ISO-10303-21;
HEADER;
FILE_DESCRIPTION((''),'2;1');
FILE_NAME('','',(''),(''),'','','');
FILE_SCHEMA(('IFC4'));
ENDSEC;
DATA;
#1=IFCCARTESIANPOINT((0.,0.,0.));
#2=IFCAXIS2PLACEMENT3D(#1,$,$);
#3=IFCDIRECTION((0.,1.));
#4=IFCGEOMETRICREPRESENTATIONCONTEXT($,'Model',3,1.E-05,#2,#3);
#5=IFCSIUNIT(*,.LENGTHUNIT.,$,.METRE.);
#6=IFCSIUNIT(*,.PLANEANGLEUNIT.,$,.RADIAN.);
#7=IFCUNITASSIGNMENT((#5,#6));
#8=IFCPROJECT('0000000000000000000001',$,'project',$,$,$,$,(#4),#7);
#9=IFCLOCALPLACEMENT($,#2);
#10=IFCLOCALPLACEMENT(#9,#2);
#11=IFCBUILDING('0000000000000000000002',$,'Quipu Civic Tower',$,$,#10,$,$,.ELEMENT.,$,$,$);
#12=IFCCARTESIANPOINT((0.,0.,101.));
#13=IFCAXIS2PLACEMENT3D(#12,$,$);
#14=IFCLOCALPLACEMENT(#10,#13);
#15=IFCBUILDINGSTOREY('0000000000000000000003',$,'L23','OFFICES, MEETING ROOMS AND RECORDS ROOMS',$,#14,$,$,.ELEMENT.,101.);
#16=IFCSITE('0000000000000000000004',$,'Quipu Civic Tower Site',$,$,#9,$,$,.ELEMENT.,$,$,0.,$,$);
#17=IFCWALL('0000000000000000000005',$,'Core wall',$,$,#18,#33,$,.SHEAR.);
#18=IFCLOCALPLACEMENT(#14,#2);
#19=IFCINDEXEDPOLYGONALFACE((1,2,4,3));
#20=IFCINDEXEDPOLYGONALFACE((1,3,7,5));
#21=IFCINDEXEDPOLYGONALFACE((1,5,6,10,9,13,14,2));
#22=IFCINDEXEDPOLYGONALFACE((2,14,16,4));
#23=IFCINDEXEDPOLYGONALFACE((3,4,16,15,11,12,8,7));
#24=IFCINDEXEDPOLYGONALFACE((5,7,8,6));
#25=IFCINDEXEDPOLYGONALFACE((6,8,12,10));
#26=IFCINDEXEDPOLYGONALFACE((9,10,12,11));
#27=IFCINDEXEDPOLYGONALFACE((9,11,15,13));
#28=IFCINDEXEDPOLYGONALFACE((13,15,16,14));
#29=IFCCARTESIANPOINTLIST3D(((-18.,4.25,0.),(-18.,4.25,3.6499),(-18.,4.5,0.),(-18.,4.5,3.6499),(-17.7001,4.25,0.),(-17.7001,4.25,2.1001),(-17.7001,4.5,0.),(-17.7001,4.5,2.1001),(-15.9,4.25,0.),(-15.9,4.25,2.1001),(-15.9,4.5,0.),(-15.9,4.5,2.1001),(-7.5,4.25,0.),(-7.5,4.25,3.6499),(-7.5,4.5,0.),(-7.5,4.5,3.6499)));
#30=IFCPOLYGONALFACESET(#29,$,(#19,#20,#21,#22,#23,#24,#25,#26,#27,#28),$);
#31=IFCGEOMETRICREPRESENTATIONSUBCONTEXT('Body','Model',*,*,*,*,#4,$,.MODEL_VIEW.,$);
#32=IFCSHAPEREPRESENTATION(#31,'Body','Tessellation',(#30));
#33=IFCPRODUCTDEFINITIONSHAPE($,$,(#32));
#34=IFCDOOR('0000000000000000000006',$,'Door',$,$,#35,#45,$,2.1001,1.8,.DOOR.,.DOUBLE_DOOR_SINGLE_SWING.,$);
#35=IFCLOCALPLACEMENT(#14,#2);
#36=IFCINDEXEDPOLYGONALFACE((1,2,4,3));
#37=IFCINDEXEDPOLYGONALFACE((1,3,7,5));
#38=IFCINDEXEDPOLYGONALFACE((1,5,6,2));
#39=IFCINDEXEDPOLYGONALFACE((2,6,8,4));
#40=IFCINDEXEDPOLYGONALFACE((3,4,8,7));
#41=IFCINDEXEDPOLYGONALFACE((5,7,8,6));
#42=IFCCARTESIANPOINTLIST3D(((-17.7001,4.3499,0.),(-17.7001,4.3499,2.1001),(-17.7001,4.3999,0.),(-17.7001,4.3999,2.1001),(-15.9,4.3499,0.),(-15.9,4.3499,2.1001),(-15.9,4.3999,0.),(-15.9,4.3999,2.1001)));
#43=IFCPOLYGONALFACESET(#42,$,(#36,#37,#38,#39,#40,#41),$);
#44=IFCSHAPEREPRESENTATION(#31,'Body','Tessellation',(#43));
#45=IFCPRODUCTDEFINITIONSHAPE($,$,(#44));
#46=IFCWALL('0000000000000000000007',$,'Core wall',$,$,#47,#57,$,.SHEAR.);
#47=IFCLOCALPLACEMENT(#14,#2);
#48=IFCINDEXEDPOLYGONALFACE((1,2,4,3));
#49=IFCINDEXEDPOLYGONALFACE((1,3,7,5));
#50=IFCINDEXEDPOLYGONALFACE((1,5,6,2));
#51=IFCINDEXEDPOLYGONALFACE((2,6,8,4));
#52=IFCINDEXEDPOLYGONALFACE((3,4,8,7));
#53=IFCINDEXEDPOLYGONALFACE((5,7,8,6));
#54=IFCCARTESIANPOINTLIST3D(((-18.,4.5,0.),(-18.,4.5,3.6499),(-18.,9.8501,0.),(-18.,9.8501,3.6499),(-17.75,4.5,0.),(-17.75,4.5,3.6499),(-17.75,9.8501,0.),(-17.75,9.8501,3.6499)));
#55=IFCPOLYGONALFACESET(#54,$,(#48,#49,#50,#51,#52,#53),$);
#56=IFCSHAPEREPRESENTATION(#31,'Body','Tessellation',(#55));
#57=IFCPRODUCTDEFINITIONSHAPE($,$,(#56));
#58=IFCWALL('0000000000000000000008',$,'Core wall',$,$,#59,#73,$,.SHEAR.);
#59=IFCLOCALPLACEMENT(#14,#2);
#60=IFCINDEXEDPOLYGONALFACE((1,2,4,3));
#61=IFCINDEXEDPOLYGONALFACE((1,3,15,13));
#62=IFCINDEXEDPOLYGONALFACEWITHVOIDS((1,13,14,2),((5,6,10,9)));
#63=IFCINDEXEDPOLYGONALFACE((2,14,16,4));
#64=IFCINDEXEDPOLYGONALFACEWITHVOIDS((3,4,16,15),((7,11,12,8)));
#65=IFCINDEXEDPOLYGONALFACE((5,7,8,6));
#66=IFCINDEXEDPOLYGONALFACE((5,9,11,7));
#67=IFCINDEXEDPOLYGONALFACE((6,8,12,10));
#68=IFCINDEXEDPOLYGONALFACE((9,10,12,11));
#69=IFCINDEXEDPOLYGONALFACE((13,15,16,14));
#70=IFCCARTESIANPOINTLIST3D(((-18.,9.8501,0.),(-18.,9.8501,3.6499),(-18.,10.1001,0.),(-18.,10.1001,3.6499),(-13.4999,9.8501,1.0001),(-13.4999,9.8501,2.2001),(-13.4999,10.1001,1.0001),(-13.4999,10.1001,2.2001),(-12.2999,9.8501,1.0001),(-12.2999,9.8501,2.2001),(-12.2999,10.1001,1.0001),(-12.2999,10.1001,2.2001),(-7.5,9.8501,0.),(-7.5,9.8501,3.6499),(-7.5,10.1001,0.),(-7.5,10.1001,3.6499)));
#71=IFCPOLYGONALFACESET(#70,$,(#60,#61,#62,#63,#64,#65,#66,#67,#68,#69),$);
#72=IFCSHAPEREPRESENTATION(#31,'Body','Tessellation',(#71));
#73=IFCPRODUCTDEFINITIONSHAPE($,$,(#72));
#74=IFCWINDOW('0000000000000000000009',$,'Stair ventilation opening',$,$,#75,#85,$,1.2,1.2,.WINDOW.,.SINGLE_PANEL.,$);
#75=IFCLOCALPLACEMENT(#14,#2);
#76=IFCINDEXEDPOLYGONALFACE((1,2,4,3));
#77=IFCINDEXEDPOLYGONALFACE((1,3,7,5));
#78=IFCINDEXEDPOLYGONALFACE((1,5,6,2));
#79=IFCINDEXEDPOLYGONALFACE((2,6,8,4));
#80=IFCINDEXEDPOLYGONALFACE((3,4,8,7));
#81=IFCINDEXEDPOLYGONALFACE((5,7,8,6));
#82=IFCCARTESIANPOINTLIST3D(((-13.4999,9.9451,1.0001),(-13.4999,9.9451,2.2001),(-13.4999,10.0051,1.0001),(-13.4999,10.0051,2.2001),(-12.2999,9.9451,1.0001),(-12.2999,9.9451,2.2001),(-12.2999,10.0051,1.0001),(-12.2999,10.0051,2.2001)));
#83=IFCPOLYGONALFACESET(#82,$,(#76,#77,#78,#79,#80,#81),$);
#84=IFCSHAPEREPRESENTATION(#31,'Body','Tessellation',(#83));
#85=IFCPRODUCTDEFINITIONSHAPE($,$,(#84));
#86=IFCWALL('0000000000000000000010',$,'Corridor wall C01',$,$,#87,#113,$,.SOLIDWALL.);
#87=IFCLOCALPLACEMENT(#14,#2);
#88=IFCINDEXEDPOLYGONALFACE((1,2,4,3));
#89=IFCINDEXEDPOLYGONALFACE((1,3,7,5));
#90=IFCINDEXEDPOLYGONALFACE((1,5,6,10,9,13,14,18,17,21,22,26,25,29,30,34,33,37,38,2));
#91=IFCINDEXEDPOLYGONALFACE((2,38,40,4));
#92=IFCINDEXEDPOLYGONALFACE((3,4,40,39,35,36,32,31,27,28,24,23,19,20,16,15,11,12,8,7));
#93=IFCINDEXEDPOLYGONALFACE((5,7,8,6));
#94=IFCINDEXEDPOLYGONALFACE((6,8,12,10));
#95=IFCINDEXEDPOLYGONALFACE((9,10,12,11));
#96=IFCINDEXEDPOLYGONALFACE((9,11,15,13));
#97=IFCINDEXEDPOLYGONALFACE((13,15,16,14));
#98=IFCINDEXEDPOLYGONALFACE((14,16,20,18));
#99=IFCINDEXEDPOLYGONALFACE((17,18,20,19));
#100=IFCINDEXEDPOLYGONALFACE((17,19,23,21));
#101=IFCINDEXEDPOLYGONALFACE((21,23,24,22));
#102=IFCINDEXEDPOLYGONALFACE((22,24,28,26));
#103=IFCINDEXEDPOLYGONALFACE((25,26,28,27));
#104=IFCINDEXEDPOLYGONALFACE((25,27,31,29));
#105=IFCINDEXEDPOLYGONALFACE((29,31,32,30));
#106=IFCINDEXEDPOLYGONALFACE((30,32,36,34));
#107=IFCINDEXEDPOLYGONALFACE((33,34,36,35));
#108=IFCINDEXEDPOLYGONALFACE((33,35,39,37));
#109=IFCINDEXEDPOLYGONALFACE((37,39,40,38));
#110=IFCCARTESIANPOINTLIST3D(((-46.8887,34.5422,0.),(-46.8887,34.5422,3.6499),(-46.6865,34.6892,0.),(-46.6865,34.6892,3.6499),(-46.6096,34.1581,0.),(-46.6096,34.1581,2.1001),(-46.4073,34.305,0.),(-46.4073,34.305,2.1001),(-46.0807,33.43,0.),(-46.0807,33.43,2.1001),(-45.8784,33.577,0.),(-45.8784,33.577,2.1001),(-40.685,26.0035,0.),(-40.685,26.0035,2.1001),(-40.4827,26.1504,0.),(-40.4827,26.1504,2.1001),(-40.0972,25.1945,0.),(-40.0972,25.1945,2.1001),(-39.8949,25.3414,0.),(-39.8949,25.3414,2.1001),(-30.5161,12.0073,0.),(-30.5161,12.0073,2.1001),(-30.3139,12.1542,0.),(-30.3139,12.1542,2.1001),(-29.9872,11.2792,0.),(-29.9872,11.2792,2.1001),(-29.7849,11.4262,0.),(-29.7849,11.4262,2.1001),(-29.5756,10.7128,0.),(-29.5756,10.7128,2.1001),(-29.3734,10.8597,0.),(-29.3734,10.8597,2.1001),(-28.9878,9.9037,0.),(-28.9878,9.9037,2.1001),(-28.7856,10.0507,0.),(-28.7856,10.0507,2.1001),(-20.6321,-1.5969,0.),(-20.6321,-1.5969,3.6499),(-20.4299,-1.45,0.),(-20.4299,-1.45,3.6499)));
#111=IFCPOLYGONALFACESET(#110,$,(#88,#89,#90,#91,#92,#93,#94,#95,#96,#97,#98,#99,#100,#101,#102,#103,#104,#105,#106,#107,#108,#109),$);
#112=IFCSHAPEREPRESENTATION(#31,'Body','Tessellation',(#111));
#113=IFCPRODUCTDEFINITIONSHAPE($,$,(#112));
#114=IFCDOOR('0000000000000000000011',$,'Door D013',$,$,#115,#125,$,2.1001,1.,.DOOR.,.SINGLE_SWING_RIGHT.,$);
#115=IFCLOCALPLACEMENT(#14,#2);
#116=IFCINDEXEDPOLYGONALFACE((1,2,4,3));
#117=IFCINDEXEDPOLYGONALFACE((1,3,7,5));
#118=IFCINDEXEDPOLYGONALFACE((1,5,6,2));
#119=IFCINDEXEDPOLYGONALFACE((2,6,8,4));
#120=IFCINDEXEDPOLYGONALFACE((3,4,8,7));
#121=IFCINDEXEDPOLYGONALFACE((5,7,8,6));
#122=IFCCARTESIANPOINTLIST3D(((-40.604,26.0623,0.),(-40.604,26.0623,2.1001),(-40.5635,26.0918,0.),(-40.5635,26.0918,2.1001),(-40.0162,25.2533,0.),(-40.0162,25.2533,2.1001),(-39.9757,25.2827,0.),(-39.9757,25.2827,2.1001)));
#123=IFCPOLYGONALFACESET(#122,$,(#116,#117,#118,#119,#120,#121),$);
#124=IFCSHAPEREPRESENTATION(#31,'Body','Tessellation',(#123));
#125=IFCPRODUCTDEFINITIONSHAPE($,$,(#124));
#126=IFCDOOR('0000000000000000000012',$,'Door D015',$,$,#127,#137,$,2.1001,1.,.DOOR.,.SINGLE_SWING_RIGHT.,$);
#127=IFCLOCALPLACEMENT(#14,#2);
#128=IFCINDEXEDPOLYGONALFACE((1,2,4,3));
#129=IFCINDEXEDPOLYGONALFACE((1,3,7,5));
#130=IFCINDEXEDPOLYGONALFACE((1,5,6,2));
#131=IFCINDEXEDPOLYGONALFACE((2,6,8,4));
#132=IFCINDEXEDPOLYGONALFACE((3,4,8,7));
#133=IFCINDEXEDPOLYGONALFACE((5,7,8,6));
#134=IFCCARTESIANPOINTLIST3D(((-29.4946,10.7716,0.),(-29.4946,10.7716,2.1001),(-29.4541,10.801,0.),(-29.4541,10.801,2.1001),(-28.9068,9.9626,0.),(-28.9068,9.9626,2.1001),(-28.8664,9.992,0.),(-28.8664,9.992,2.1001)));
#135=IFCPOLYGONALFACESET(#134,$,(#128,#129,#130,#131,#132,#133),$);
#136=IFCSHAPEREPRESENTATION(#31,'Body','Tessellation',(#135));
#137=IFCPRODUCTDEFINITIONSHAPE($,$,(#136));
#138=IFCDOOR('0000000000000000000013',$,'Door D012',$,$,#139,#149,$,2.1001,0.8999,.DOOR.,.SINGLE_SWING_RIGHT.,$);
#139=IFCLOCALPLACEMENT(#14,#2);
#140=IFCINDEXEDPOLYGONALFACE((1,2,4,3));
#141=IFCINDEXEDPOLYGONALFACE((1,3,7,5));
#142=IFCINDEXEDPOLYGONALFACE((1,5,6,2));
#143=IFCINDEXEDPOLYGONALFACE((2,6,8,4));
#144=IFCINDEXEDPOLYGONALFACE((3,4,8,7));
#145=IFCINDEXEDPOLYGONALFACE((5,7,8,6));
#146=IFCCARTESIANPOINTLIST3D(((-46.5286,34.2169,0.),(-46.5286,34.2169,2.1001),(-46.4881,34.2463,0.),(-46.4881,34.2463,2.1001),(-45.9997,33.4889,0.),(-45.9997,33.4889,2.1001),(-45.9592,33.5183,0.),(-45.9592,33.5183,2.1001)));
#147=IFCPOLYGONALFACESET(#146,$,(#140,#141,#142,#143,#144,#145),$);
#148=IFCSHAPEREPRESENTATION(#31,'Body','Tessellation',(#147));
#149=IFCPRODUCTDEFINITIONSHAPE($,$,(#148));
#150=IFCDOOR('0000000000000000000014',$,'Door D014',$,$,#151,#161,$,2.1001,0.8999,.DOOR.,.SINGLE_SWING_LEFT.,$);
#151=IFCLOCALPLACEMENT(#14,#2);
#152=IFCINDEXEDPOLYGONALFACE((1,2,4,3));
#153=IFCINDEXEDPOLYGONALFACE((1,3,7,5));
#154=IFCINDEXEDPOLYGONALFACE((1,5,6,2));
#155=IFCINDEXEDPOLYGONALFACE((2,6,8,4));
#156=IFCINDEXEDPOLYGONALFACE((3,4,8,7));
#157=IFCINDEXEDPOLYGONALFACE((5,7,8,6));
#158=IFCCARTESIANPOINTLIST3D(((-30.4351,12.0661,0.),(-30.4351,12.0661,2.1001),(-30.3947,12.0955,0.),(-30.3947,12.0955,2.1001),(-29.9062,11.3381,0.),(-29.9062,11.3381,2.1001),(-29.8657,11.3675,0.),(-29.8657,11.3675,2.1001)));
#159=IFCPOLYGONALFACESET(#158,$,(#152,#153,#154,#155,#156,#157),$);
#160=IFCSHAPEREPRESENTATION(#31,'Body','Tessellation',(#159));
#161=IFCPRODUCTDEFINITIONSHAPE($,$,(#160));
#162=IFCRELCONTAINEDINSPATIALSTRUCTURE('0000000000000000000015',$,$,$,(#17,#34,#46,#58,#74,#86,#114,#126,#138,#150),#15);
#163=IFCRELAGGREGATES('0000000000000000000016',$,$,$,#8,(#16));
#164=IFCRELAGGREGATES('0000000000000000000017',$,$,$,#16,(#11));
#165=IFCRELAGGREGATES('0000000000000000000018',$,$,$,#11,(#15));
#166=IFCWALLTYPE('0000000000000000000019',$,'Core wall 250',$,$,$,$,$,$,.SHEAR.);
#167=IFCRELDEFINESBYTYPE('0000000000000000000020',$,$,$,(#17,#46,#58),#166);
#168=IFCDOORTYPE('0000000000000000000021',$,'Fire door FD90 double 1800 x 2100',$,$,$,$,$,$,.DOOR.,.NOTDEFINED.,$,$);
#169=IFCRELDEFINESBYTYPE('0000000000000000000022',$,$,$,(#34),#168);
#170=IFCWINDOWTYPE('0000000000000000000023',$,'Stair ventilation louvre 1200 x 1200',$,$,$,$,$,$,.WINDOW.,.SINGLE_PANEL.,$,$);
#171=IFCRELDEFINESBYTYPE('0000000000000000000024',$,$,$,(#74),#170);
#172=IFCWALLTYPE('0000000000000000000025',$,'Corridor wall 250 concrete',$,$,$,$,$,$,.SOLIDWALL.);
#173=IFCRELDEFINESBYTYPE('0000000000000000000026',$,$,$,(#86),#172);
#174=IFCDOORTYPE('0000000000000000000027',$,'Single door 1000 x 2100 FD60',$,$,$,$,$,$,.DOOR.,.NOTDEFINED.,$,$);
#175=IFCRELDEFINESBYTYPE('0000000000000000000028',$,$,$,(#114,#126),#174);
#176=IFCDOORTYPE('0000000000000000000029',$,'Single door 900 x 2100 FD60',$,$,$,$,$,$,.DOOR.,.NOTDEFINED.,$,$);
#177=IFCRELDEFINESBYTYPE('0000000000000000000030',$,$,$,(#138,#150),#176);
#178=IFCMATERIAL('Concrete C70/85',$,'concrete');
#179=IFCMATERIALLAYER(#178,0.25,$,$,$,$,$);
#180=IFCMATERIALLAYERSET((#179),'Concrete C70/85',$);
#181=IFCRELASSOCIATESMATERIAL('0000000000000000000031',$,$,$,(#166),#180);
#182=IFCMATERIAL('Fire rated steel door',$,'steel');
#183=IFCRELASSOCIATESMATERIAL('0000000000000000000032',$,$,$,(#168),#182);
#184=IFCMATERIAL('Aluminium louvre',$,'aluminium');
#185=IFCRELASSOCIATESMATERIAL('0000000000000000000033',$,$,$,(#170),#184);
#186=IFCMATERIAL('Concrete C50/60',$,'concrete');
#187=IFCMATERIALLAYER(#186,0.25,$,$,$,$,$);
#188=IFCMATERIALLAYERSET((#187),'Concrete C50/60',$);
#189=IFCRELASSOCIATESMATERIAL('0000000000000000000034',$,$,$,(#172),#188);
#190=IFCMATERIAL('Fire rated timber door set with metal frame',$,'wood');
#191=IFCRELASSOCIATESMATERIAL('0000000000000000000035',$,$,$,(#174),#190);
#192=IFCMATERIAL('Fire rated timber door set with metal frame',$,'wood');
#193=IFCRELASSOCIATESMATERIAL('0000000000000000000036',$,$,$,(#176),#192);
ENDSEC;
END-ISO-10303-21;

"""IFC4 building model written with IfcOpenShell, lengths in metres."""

from ifc_helpers import new_model, si_unit, direction, frame, frame_2d, origin, place, context, subcontext, project, spatial, rectangle, extrude, material, layer, layer_set, type_object, element, fill, save


model = new_model("IFC4")

# Units and contexts
model_context = context("Model", 3, precision=1e-05, world=origin(), true_north=direction((0.0, 1.0)))
body_context = subcontext(model_context, "Body", "Model", "MODEL_VIEW")
ifc_project = project(units=[si_unit("LENGTHUNIT", "METRE"), si_unit("PLANEANGLEUNIT", "RADIAN")], contexts=[model_context])

# Site, building, storey
site_placement = place(None, origin())
site = spatial("IfcSite", under=ifc_project, at=site_placement, Name="Quipu Civic Tower Site", CompositionType="ELEMENT", RefElevation=0.0)
building_placement = place(site_placement, origin())
building = spatial("IfcBuilding", under=site, at=building_placement, Name="Quipu Civic Tower", CompositionType="ELEMENT")
storey_placement = place(building_placement, frame((0.0, 0.0, 101.0)))
storey = spatial("IfcBuildingStorey", under=building, at=storey_placement, Name="L23", Description="OFFICES, MEETING ROOMS AND RECORDS ROOMS", CompositionType="ELEMENT", Elevation=101.0)

# Shared definitions
ifc_material_1 = material(Name="Concrete C70/85", Category="concrete")
ifc_layer_1 = layer(ifc_material_1, 0.25)
ifc_layer_set_1 = layer_set([ifc_layer_1], Name="Concrete C70/85")
wall_type_1 = type_object("IfcWallType", Name="Core wall 250", PredefinedType="SHEAR", material=ifc_layer_set_1)
ifc_material_2 = material(Name="Fire rated steel door", Category="steel")
door_type_1 = type_object("IfcDoorType", Name="Fire door FD90 double 1800 x 2100", OperationType="NOTDEFINED", PredefinedType="DOOR", material=ifc_material_2)

# Wall, opening, door
wall_1_placement = place(storey_placement, frame((-18.0, 4.375, 0.0), z_axis=(0.0, 0.0, 1.0), x_axis=(1.0, 0.0, 0.0)))
wall_1 = element("IfcWall", 1, at=wall_1_placement, inside=storey, type_object=wall_type_1, Name="Core wall", PredefinedType="SHEAR", context=body_context, shape_type="SweptSolid", body=[
    extrude(rectangle(XDim=10.5, YDim=0.25, at=frame_2d((5.25, 0.0))), origin(), (0.0, 0.0, 1.0), 3.6499),
])
opening_1_placement = place(wall_1_placement, frame((0.3, 0.0, 0.0)))
opening_1 = element("IfcOpeningElement", 2, at=opening_1_placement, cuts=wall_1, PredefinedType="OPENING", context=body_context, shape_type="SweptSolid", body=[
    extrude(rectangle(XDim=1.8, YDim=2.1001, at=frame_2d((0.8999, 1.05))), frame((0.0, 0.135, 0.0), z_axis=(0.0, -1.0, 0.0), x_axis=(1.0, 0.0, 0.0)), (0.0, 0.0, 1.0), 0.27),
])
door_1_placement = place(opening_1_placement, origin())
door_1 = element("IfcDoor", 3, at=door_1_placement, inside=storey, type_object=door_type_1, Name="Door", OperationType="DOUBLE_DOOR_SINGLE_SWING", OverallHeight=2.1001, OverallWidth=1.8, PredefinedType="DOOR", context=body_context, shape_type="SweptSolid", body=[
    extrude(rectangle(XDim=1.8, YDim=2.1001, at=frame_2d((0.8999, 1.05))), frame((0.0, 0.0249, 0.0), z_axis=(0.0, -1.0, 0.0), x_axis=(1.0, 0.0, 0.0)), (0.0, 0.0, 1.0), 0.05),
])
fill(opening_1, door_1)

# Wall
wall_2_placement = place(storey_placement, frame((-17.875, 4.5, 0.0), z_axis=(0.0, 0.0, 1.0), x_axis=(0.0, 1.0, 0.0)))
element("IfcWall", 4, at=wall_2_placement, inside=storey, type_object=wall_type_1, Name="Core wall", PredefinedType="SHEAR", context=body_context, shape_type="SweptSolid", body=[
    extrude(rectangle(XDim=5.3501, YDim=0.25, at=frame_2d((2.675, 0.0))), origin(), (0.0, 0.0, 1.0), 3.6499),
])

# Wall, opening, window
wall_3_placement = place(storey_placement, frame((-18.0, 9.9751, 0.0), z_axis=(0.0, 0.0, 1.0), x_axis=(1.0, 0.0, 0.0)))
wall_3 = element("IfcWall", 5, at=wall_3_placement, inside=storey, type_object=wall_type_1, Name="Core wall", PredefinedType="SHEAR", context=body_context, shape_type="SweptSolid", body=[
    extrude(rectangle(XDim=10.5, YDim=0.25, at=frame_2d((5.25, 0.0))), origin(), (0.0, 0.0, 1.0), 3.6499),
])
opening_2_placement = place(wall_3_placement, frame((4.5, 0.0, 1.0)))
opening_2 = element("IfcOpeningElement", 6, at=opening_2_placement, cuts=wall_3, PredefinedType="OPENING", context=body_context, shape_type="SweptSolid", body=[
    extrude(rectangle(XDim=1.2, YDim=1.2, at=frame_2d((0.6001, 0.6001))), frame((0.0, 0.135, 0.0), z_axis=(0.0, -1.0, 0.0), x_axis=(1.0, 0.0, 0.0)), (0.0, 0.0, 1.0), 0.27),
])
ifc_material_3 = material(Name="Aluminium louvre", Category="aluminium")
window_type = type_object("IfcWindowType", Name="Stair ventilation louvre 1200 x 1200", PartitioningType="SINGLE_PANEL", PredefinedType="WINDOW", material=ifc_material_3)
window_placement = place(opening_2_placement, origin())
window = element("IfcWindow", 7, at=window_placement, inside=storey, type_object=window_type, Name="Stair ventilation opening", OverallHeight=1.2, OverallWidth=1.2, PartitioningType="SINGLE_PANEL", PredefinedType="WINDOW", context=body_context, shape_type="SweptSolid", body=[
    extrude(rectangle(XDim=1.2, YDim=1.2, at=frame_2d((0.6001, 0.6001))), frame((0.0, 0.03, 0.0), z_axis=(0.0, -1.0, 0.0), x_axis=(1.0, 0.0, 0.0)), (0.0, 0.0, 1.0), 0.0601),
])
fill(opening_2, window)

# Wall, openings, doors
ifc_material_4 = material(Name="Concrete C50/60", Category="concrete")
ifc_layer_2 = layer(ifc_material_4, 0.25)
ifc_layer_set_2 = layer_set([ifc_layer_2], Name="Concrete C50/60")
wall_type_2 = type_object("IfcWallType", Name="Corridor wall 250 concrete", PredefinedType="SOLIDWALL", material=ifc_layer_set_2)
wall_4_placement = place(storey_placement, frame((-20.531, -1.5234, 0.0), z_axis=(0.0, 0.0, 1.0), x_axis=(-0.587785, 0.809017, 0.0)))
wall_4 = element("IfcWall", 8, at=wall_4_placement, inside=storey, type_object=wall_type_2, Name="Corridor wall C01", PredefinedType="SOLIDWALL", context=body_context, shape_type="SweptSolid", body=[
    extrude(rectangle(XDim=44.6704, YDim=0.25, at=frame_2d((22.3352, 0.0))), origin(), (0.0, 0.0, 1.0), 3.6499),
])
opening_3_placement = place(wall_4_placement, frame((43.2957, 0.0, 0.0)))
opening_3 = element("IfcOpeningElement", 9, at=opening_3_placement, cuts=wall_4, PredefinedType="OPENING", context=body_context, shape_type="SweptSolid", body=[
    extrude(rectangle(XDim=0.8999, YDim=2.1001, at=frame_2d((0.45, 1.05))), frame((0.0, 0.135, 0.0), z_axis=(0.0, -1.0, 0.0), x_axis=(1.0, 0.0, 0.0)), (0.0, 0.0, 1.0), 0.27),
])
opening_4_placement = place(wall_4_placement, frame((15.9158, 0.0, 0.0)))
opening_4 = element("IfcOpeningElement", 10, at=opening_4_placement, cuts=wall_4, PredefinedType="OPENING", context=body_context, shape_type="SweptSolid", body=[
    extrude(rectangle(XDim=0.8999, YDim=2.1001, at=frame_2d((0.45, 1.05))), frame((0.0, 0.135, 0.0), z_axis=(0.0, -1.0, 0.0), x_axis=(1.0, 0.0, 0.0)), (0.0, 0.0, 1.0), 0.27),
])
opening_5_placement = place(wall_4_placement, frame((33.116, 0.0, 0.0)))
opening_5 = element("IfcOpeningElement", 11, at=opening_5_placement, cuts=wall_4, PredefinedType="OPENING", context=body_context, shape_type="SweptSolid", body=[
    extrude(rectangle(XDim=1.0, YDim=2.1001, at=frame_2d((0.5, 1.05))), frame((0.0, 0.135, 0.0), z_axis=(0.0, -1.0, 0.0), x_axis=(1.0, 0.0, 0.0)), (0.0, 0.0, 1.0), 0.27),
])
opening_6_placement = place(wall_4_placement, frame((14.2156, 0.0, 0.0)))
opening_6 = element("IfcOpeningElement", 12, at=opening_6_placement, cuts=wall_4, PredefinedType="OPENING", context=body_context, shape_type="SweptSolid", body=[
    extrude(rectangle(XDim=1.0, YDim=2.1001, at=frame_2d((0.5, 1.05))), frame((0.0, 0.135, 0.0), z_axis=(0.0, -1.0, 0.0), x_axis=(1.0, 0.0, 0.0)), (0.0, 0.0, 1.0), 0.27),
])
ifc_material_5 = material(Name="Fire rated timber door set with metal frame", Category="wood")
door_type_2 = type_object("IfcDoorType", Name="Single door 1000 x 2100 FD60", OperationType="NOTDEFINED", PredefinedType="DOOR", material=ifc_material_5)
door_2_placement = place(opening_5_placement, origin())
door_2 = element("IfcDoor", 13, at=door_2_placement, inside=storey, type_object=door_type_2, Name="Door D013", OperationType="SINGLE_SWING_RIGHT", OverallHeight=2.1001, OverallWidth=1.0, PredefinedType="DOOR", context=body_context, shape_type="SweptSolid", body=[
    extrude(rectangle(XDim=1.0, YDim=2.1001, at=frame_2d((0.5, 1.05))), frame((0.0, 0.0249, 0.0), z_axis=(0.0, -1.0, 0.0), x_axis=(1.0, 0.0, 0.0)), (0.0, 0.0, 1.0), 0.05),
])
fill(opening_5, door_2)
door_3_placement = place(opening_6_placement, origin())
door_3 = element("IfcDoor", 14, at=door_3_placement, inside=storey, type_object=door_type_2, Name="Door D015", OperationType="SINGLE_SWING_RIGHT", OverallHeight=2.1001, OverallWidth=1.0, PredefinedType="DOOR", context=body_context, shape_type="SweptSolid", body=[
    extrude(rectangle(XDim=1.0, YDim=2.1001, at=frame_2d((0.5, 1.05))), frame((0.0, 0.0249, 0.0), z_axis=(0.0, -1.0, 0.0), x_axis=(1.0, 0.0, 0.0)), (0.0, 0.0, 1.0), 0.05),
])
fill(opening_6, door_3)
ifc_material_6 = material(Name="Fire rated timber door set with metal frame", Category="wood")
door_type_3 = type_object("IfcDoorType", Name="Single door 900 x 2100 FD60", OperationType="NOTDEFINED", PredefinedType="DOOR", material=ifc_material_6)
door_4_placement = place(opening_3_placement, origin())
door_4 = element("IfcDoor", 15, at=door_4_placement, inside=storey, type_object=door_type_3, Name="Door D012", OperationType="SINGLE_SWING_RIGHT", OverallHeight=2.1001, OverallWidth=0.8999, PredefinedType="DOOR", context=body_context, shape_type="SweptSolid", body=[
    extrude(rectangle(XDim=0.8999, YDim=2.1001, at=frame_2d((0.45, 1.05))), frame((0.0, 0.0249, 0.0), z_axis=(0.0, -1.0, 0.0), x_axis=(1.0, 0.0, 0.0)), (0.0, 0.0, 1.0), 0.05),
])
fill(opening_3, door_4)
door_5_placement = place(opening_4_placement, origin())
door_5 = element("IfcDoor", 16, at=door_5_placement, inside=storey, type_object=door_type_3, Name="Door D014", OperationType="SINGLE_SWING_LEFT", OverallHeight=2.1001, OverallWidth=0.8999, PredefinedType="DOOR", context=body_context, shape_type="SweptSolid", body=[
    extrude(rectangle(XDim=0.8999, YDim=2.1001, at=frame_2d((0.45, 1.05))), frame((0.0, 0.0249, 0.0), z_axis=(0.0, -1.0, 0.0), x_axis=(1.0, 0.0, 0.0)), (0.0, 0.0, 1.0), 0.05),
])
fill(opening_4, door_5)

save(model, "model.ifc")
